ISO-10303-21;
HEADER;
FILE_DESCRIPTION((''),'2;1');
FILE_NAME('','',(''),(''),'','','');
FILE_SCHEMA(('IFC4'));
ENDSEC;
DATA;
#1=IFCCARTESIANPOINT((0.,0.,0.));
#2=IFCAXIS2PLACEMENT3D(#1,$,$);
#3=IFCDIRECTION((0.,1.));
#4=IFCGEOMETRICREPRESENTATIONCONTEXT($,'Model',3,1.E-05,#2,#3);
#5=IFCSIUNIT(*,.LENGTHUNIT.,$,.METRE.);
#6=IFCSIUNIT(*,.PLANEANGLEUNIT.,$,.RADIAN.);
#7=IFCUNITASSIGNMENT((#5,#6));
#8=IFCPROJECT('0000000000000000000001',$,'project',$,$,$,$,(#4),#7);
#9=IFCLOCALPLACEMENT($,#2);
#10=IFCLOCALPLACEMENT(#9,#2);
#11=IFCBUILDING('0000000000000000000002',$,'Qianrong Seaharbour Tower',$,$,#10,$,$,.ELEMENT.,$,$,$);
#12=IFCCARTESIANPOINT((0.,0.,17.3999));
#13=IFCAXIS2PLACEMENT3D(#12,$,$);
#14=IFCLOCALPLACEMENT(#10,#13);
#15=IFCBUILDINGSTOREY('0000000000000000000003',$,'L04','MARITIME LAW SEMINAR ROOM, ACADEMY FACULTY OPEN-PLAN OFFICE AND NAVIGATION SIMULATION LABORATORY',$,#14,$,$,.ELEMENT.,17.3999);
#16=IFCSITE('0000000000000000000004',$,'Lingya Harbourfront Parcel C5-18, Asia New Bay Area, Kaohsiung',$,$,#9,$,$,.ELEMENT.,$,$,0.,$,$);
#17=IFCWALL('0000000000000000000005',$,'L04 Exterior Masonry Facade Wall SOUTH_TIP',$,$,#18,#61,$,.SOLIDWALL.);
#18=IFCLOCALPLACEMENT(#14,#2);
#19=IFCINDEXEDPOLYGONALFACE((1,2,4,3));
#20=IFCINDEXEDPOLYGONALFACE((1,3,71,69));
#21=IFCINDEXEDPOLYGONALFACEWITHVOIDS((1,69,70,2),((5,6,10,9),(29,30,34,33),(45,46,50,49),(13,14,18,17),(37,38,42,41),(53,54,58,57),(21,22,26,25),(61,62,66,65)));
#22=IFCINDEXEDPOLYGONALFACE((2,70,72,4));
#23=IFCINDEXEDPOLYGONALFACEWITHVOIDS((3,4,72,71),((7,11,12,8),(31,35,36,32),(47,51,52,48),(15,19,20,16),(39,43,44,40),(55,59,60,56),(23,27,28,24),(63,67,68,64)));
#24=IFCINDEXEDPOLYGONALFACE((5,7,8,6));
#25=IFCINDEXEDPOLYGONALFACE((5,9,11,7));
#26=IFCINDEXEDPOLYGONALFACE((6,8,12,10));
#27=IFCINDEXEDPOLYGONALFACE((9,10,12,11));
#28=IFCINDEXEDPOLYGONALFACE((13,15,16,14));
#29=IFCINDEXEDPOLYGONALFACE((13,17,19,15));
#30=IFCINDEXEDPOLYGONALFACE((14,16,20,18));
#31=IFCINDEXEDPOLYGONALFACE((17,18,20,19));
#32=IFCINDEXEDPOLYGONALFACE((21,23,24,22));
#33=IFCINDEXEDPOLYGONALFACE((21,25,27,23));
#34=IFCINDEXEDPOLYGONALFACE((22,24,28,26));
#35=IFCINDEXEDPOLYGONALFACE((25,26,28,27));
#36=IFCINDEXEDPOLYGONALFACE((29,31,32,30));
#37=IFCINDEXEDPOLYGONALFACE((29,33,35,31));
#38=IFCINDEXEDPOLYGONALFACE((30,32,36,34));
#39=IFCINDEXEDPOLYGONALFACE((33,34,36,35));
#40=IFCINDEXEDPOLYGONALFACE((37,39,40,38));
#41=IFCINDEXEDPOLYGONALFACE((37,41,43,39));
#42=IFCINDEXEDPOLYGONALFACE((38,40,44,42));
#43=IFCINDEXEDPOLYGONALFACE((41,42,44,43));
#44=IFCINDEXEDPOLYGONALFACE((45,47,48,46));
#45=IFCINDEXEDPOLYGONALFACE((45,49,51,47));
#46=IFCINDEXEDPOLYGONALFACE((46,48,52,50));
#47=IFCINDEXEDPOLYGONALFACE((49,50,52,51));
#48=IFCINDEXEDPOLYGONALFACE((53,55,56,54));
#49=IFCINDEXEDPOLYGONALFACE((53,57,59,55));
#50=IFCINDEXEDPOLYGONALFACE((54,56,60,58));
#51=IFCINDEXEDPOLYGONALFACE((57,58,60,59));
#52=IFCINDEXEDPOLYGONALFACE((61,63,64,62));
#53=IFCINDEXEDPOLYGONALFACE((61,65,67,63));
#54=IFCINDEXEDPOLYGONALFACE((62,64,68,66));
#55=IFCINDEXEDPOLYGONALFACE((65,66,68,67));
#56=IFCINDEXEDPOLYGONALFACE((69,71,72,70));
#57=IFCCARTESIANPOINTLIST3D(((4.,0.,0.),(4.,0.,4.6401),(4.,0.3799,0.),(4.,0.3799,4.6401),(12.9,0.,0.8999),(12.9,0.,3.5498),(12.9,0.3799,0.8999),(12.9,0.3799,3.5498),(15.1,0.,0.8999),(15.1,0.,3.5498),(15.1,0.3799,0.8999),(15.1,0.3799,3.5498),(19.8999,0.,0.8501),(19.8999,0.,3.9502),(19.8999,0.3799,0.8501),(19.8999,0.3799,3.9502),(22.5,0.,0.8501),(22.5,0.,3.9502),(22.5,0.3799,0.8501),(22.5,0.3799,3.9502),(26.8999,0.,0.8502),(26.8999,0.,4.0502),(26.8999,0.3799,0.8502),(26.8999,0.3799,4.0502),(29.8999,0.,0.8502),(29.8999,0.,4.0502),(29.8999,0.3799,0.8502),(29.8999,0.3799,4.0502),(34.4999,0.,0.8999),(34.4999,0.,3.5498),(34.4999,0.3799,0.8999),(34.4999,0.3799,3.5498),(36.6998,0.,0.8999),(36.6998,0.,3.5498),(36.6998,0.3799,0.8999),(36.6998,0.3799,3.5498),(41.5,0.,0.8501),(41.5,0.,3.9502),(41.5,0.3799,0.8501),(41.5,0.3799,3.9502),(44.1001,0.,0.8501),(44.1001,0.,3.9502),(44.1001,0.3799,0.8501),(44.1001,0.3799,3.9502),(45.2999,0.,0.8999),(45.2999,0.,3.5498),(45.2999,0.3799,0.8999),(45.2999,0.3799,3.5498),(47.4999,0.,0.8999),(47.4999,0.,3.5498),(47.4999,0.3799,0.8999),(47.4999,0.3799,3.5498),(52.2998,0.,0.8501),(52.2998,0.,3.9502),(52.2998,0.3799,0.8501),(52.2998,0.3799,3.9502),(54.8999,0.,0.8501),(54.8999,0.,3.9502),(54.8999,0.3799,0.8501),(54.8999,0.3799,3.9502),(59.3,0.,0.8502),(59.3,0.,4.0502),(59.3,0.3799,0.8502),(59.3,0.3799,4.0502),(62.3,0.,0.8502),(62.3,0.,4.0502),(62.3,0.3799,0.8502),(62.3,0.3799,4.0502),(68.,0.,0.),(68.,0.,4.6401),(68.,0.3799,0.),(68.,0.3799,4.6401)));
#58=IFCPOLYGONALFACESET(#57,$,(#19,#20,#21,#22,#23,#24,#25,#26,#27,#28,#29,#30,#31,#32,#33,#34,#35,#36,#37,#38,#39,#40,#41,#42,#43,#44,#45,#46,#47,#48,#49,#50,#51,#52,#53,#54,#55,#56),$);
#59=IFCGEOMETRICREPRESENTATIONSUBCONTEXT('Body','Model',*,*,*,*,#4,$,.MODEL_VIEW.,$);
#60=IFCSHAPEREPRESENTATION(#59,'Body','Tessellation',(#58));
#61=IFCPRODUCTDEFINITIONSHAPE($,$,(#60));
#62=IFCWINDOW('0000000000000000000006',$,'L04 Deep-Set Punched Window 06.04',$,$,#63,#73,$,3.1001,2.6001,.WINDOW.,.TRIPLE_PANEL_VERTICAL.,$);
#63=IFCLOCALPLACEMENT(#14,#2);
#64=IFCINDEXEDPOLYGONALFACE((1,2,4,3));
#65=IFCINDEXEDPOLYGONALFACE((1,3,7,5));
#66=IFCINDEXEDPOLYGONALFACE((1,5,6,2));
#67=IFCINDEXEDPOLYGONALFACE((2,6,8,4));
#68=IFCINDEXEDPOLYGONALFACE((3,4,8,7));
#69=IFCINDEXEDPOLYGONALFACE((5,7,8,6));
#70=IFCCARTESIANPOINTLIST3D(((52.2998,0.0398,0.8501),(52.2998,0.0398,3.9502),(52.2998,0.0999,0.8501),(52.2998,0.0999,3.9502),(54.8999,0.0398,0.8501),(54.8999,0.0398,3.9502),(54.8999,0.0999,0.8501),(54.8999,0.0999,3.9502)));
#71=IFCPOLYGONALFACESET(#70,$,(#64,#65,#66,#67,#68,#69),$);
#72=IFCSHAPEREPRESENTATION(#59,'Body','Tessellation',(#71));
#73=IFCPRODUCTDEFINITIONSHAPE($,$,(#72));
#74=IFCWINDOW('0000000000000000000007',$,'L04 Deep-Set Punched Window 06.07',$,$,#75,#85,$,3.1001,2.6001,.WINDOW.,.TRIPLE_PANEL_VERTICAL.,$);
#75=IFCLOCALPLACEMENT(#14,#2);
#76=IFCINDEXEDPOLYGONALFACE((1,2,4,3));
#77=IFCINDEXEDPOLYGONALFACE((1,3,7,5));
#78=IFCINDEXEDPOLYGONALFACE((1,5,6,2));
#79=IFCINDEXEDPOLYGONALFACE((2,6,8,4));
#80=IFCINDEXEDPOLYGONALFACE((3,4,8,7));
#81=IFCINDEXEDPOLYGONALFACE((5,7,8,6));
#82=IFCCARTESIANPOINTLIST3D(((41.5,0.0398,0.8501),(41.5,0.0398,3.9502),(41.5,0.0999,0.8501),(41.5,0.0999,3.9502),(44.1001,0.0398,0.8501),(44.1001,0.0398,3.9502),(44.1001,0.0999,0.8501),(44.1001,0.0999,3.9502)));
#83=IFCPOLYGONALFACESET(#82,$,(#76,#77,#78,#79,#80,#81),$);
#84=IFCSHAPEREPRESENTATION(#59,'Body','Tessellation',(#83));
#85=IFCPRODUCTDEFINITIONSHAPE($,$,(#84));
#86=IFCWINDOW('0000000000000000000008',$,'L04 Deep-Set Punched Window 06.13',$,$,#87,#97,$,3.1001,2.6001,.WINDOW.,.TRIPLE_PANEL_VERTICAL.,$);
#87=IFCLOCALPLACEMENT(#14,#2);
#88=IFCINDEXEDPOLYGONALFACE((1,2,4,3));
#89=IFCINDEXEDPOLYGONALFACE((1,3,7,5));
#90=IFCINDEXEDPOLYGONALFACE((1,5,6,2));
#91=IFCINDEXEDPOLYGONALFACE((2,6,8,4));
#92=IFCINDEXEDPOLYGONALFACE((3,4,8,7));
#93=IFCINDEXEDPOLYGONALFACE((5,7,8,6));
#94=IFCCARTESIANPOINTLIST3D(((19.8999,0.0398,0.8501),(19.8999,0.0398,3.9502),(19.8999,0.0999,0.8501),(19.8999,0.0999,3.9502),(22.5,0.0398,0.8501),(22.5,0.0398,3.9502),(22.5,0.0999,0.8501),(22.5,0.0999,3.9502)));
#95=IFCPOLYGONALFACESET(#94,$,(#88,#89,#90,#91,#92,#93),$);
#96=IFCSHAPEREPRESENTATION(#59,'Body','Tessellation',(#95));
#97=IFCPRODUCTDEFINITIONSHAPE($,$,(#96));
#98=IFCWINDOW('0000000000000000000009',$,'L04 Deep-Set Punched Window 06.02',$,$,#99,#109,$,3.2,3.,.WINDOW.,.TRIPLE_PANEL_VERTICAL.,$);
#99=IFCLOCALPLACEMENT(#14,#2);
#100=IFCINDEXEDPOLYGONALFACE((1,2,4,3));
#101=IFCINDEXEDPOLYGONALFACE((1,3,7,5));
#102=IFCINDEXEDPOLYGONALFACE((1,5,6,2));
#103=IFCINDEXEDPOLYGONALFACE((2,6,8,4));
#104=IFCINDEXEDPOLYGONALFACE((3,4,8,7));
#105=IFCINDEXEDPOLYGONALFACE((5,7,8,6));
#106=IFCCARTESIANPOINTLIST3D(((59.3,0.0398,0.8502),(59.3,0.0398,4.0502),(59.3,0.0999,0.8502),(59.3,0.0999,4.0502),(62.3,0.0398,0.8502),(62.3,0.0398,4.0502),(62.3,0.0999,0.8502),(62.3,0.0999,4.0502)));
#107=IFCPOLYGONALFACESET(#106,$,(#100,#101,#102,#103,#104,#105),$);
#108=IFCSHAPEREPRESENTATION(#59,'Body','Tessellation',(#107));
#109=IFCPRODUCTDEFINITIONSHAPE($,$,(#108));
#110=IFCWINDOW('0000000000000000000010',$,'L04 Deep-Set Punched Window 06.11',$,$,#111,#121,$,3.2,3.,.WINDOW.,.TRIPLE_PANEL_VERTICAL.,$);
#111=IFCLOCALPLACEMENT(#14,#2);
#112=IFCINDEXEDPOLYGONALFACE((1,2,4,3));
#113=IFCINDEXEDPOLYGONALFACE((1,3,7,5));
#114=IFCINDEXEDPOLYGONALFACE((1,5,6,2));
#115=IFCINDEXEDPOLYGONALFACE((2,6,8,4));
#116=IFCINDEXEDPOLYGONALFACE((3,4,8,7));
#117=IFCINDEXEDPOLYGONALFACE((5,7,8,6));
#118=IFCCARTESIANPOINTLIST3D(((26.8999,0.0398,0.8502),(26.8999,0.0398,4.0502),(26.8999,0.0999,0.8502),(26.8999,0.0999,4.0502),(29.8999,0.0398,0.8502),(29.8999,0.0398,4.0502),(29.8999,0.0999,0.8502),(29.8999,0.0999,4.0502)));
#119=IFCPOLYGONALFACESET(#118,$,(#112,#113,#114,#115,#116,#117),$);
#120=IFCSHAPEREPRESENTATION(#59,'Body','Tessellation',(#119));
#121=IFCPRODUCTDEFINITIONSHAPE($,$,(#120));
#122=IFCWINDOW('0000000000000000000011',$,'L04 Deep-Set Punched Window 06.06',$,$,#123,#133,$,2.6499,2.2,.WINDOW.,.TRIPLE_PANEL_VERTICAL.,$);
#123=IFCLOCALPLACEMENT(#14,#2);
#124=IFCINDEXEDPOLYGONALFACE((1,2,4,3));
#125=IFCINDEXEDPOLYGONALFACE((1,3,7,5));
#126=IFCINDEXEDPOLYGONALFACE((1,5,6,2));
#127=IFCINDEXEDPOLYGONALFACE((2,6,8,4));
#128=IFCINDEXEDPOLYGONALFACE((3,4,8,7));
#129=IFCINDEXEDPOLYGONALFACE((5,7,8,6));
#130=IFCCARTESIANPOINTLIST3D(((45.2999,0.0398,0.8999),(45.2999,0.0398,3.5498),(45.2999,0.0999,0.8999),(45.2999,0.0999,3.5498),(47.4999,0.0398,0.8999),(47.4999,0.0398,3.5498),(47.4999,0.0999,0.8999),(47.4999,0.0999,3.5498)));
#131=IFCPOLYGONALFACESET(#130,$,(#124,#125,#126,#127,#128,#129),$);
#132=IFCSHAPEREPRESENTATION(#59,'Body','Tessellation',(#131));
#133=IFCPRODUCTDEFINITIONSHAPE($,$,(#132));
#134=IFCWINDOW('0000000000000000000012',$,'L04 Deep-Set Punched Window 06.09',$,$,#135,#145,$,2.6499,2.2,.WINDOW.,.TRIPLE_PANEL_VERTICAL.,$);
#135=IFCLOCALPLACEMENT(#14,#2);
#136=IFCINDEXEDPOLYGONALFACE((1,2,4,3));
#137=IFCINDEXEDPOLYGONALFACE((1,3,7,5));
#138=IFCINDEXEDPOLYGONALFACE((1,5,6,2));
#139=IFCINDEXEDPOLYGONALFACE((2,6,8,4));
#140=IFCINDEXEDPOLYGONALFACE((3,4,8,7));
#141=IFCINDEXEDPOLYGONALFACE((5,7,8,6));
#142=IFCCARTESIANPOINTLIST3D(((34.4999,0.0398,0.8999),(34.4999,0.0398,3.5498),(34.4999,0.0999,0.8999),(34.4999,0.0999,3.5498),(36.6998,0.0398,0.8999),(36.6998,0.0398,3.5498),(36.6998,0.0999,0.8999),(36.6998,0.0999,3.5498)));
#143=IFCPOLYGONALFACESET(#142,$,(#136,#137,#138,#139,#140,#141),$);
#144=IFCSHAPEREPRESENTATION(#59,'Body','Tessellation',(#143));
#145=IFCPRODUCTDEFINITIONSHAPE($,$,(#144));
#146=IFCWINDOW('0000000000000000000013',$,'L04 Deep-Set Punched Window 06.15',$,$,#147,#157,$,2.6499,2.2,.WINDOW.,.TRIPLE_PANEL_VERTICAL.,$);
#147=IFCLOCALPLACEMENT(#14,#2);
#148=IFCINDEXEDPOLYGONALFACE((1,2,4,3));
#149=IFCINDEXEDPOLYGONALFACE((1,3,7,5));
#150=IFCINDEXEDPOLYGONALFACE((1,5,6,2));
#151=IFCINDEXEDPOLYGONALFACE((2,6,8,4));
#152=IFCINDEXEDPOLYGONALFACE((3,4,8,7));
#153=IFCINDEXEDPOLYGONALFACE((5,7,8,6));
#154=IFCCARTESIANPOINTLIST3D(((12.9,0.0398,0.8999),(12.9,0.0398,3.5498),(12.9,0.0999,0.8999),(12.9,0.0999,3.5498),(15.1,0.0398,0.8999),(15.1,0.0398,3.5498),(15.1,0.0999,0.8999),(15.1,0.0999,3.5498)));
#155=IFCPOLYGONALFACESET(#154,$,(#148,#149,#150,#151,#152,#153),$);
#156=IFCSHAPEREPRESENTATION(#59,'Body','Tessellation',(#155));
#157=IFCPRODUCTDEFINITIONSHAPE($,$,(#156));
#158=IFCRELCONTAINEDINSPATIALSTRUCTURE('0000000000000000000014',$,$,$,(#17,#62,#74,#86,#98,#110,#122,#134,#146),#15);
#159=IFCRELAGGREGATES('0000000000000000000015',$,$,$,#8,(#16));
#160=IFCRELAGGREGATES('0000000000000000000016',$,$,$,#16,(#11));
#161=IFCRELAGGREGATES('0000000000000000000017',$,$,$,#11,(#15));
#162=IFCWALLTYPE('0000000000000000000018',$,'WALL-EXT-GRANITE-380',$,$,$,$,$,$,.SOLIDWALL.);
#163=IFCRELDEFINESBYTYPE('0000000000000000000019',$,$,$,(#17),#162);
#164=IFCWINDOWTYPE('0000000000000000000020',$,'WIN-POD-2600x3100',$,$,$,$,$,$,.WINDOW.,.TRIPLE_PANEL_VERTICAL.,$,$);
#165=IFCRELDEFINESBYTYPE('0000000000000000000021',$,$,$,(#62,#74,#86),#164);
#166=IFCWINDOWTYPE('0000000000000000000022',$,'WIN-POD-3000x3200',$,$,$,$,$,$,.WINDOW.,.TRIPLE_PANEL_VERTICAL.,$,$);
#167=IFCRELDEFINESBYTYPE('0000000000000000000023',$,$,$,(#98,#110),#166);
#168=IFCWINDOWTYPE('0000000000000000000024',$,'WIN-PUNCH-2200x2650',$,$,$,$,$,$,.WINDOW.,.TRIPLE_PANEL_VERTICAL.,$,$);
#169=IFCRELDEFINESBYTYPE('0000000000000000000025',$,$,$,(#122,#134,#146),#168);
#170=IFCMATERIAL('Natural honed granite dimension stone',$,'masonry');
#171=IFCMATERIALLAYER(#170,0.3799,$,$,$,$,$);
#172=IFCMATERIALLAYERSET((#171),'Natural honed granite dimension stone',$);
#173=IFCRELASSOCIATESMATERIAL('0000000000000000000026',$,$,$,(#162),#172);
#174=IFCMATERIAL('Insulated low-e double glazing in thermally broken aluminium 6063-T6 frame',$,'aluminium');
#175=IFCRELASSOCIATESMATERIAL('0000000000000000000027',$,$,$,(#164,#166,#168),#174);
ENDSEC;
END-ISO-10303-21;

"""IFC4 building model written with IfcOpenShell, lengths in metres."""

from ifc_helpers import new_model, si_unit, direction, frame, frame_2d, origin, place, context, subcontext, project, spatial, rectangle, extrude, material, layer, layer_set, type_object, element, fill, save


model = new_model("IFC4")

# Units and contexts
model_context = context("Model", 3, precision=1e-05, world=origin(), true_north=direction((0.0, 1.0)))
body_context = subcontext(model_context, "Body", "Model", "MODEL_VIEW")
ifc_project = project(units=[si_unit("LENGTHUNIT", "METRE"), si_unit("PLANEANGLEUNIT", "RADIAN")], contexts=[model_context])

# Site, building, storey
site_placement = place(None, origin())
site = spatial("IfcSite", under=ifc_project, at=site_placement, Name="Lingya Harbourfront Parcel C5-18, Asia New Bay Area, Kaohsiung", CompositionType="ELEMENT", RefElevation=0.0)
building_placement = place(site_placement, origin())
building = spatial("IfcBuilding", under=site, at=building_placement, Name="Qianrong Seaharbour Tower", CompositionType="ELEMENT")
storey_placement = place(building_placement, frame((0.0, 0.0, 17.3999)))
storey = spatial("IfcBuildingStorey", under=building, at=storey_placement, Name="L04", Description="MARITIME LAW SEMINAR ROOM, ACADEMY FACULTY OPEN-PLAN OFFICE AND NAVIGATION SIMULATION LABORATORY", CompositionType="ELEMENT", Elevation=17.3999)

# Shared definitions
ifc_material_1 = material(Name="Natural honed granite dimension stone", Category="masonry")
ifc_layer_1 = layer(ifc_material_1, 0.3799)
ifc_layer_set_1 = layer_set([ifc_layer_1], Name="Natural honed granite dimension stone")
wall_type = type_object("IfcWallType", Name="WALL-EXT-GRANITE-380", PredefinedType="SOLIDWALL", material=ifc_layer_set_1)

# Wall, openings, windows
wall_1_placement = place(storey_placement, frame((68.0, 0.1899, 0.0), z_axis=(0.0, 0.0, 1.0), x_axis=(-1.0, 0.0, 0.0)))
wall_1 = element("IfcWall", 1, at=wall_1_placement, inside=storey, type_object=wall_type, Name="L04 Exterior Masonry Facade Wall SOUTH_TIP", PredefinedType="SOLIDWALL", context=body_context, shape_type="SweptSolid", body=[
    extrude(rectangle(XDim=64.0, YDim=0.3799, at=frame_2d((32.0, 0.0))), origin(), (0.0, 0.0, 1.0), 4.6401),
])
opening_1_placement = place(wall_1_placement, frame((5.7, 0.0, 0.8501)))
opening_1 = element("IfcOpeningElement", 2, at=opening_1_placement, cuts=wall_1, PredefinedType="OPENING", context=body_context, shape_type="SweptSolid", body=[
    extrude(rectangle(XDim=3.0, YDim=3.2, at=frame_2d((1.5, 1.6001))), frame((0.0, 0.2, 0.0), z_axis=(0.0, -1.0, 0.0), x_axis=(1.0, 0.0, 0.0)), (0.0, 0.0, 1.0), 0.3999),
])
opening_2_placement = place(wall_1_placement, frame((13.1001, 0.0, 0.8501)))
opening_2 = element("IfcOpeningElement", 3, at=opening_2_placement, cuts=wall_1, PredefinedType="OPENING", context=body_context, shape_type="SweptSolid", body=[
    extrude(rectangle(XDim=2.6001, YDim=3.1001, at=frame_2d((1.3, 1.55))), frame((0.0, 0.2, 0.0), z_axis=(0.0, -1.0, 0.0), x_axis=(1.0, 0.0, 0.0)), (0.0, 0.0, 1.0), 0.3999),
])
opening_3_placement = place(wall_1_placement, frame((20.5, 0.0, 0.8999)))
opening_3 = element("IfcOpeningElement", 4, at=opening_3_placement, cuts=wall_1, PredefinedType="OPENING", context=body_context, shape_type="SweptSolid", body=[
    extrude(rectangle(XDim=2.2, YDim=2.6499, at=frame_2d((1.1001, 1.325))), frame((0.0, 0.2, 0.0), z_axis=(0.0, -1.0, 0.0), x_axis=(1.0, 0.0, 0.0)), (0.0, 0.0, 1.0), 0.3999),
])
opening_4_placement = place(wall_1_placement, frame((23.8999, 0.0, 0.8501)))
opening_4 = element("IfcOpeningElement", 5, at=opening_4_placement, cuts=wall_1, PredefinedType="OPENING", context=body_context, shape_type="SweptSolid", body=[
    extrude(rectangle(XDim=2.6001, YDim=3.1001, at=frame_2d((1.3, 1.55))), frame((0.0, 0.2, 0.0), z_axis=(0.0, -1.0, 0.0), x_axis=(1.0, 0.0, 0.0)), (0.0, 0.0, 1.0), 0.3999),
])
opening_5_placement = place(wall_1_placement, frame((31.3, 0.0, 0.8999)))
opening_5 = element("IfcOpeningElement", 6, at=opening_5_placement, cuts=wall_1, PredefinedType="OPENING", context=body_context, shape_type="SweptSolid", body=[
    extrude(rectangle(XDim=2.2, YDim=2.6499, at=frame_2d((1.1001, 1.325))), frame((0.0, 0.2, 0.0), z_axis=(0.0, -1.0, 0.0), x_axis=(1.0, 0.0, 0.0)), (0.0, 0.0, 1.0), 0.3999),
])
opening_6_placement = place(wall_1_placement, frame((38.1001, 0.0, 0.8501)))
opening_6 = element("IfcOpeningElement", 7, at=opening_6_placement, cuts=wall_1, PredefinedType="OPENING", context=body_context, shape_type="SweptSolid", body=[
    extrude(rectangle(XDim=3.0, YDim=3.2, at=frame_2d((1.5, 1.6001))), frame((0.0, 0.2, 0.0), z_axis=(0.0, -1.0, 0.0), x_axis=(1.0, 0.0, 0.0)), (0.0, 0.0, 1.0), 0.3999),
])
opening_7_placement = place(wall_1_placement, frame((45.5, 0.0, 0.8501)))
opening_7 = element("IfcOpeningElement", 8, at=opening_7_placement, cuts=wall_1, PredefinedType="OPENING", context=body_context, shape_type="SweptSolid", body=[
    extrude(rectangle(XDim=2.6001, YDim=3.1001, at=frame_2d((1.3, 1.55))), frame((0.0, 0.2, 0.0), z_axis=(0.0, -1.0, 0.0), x_axis=(1.0, 0.0, 0.0)), (0.0, 0.0, 1.0), 0.3999),
])
opening_8_placement = place(wall_1_placement, frame((52.8999, 0.0, 0.8999)))
opening_8 = element("IfcOpeningElement", 9, at=opening_8_placement, cuts=wall_1, PredefinedType="OPENING", context=body_context, shape_type="SweptSolid", body=[
    extrude(rectangle(XDim=2.2, YDim=2.6499, at=frame_2d((1.1001, 1.325))), frame((0.0, 0.2, 0.0), z_axis=(0.0, -1.0, 0.0), x_axis=(1.0, 0.0, 0.0)), (0.0, 0.0, 1.0), 0.3999),
])
ifc_material_2 = material(Name="Insulated low-e double glazing in thermally broken aluminium 6063-T6 frame", Category="aluminium")
window_type_1 = type_object("IfcWindowType", Name="WIN-POD-2600x3100", PartitioningType="TRIPLE_PANEL_VERTICAL", PredefinedType="WINDOW", material=ifc_material_2)
window_1_placement = place(opening_2_placement, origin())
window_1 = element("IfcWindow", 10, at=window_1_placement, inside=storey, type_object=window_type_1, Name="L04 Deep-Set Punched Window 06.04", OverallHeight=3.1001, OverallWidth=2.6001, PartitioningType="TRIPLE_PANEL_VERTICAL", PredefinedType="WINDOW", context=body_context, shape_type="SweptSolid", body=[
    extrude(rectangle(XDim=2.6001, YDim=3.1001, at=frame_2d((1.3, 1.55))), frame((0.0, 0.1501, 0.0), z_axis=(0.0, -1.0, 0.0), x_axis=(1.0, 0.0, 0.0)), (0.0, 0.0, 1.0), 0.0601),
])
fill(opening_2, window_1)
window_2_placement = place(opening_4_placement, origin())
window_2 = element("IfcWindow", 11, at=window_2_placement, inside=storey, type_object=window_type_1, Name="L04 Deep-Set Punched Window 06.07", OverallHeight=3.1001, OverallWidth=2.6001, PartitioningType="TRIPLE_PANEL_VERTICAL", PredefinedType="WINDOW", context=body_context, shape_type="SweptSolid", body=[
    extrude(rectangle(XDim=2.6001, YDim=3.1001, at=frame_2d((1.3, 1.55))), frame((0.0, 0.1501, 0.0), z_axis=(0.0, -1.0, 0.0), x_axis=(1.0, 0.0, 0.0)), (0.0, 0.0, 1.0), 0.0601),
])
fill(opening_4, window_2)
window_3_placement = place(opening_7_placement, origin())
window_3 = element("IfcWindow", 12, at=window_3_placement, inside=storey, type_object=window_type_1, Name="L04 Deep-Set Punched Window 06.13", OverallHeight=3.1001, OverallWidth=2.6001, PartitioningType="TRIPLE_PANEL_VERTICAL", PredefinedType="WINDOW", context=body_context, shape_type="SweptSolid", body=[
    extrude(rectangle(XDim=2.6001, YDim=3.1001, at=frame_2d((1.3, 1.55))), frame((0.0, 0.1501, 0.0), z_axis=(0.0, -1.0, 0.0), x_axis=(1.0, 0.0, 0.0)), (0.0, 0.0, 1.0), 0.0601),
])
fill(opening_7, window_3)
window_type_2 = type_object("IfcWindowType", Name="WIN-POD-3000x3200", PartitioningType="TRIPLE_PANEL_VERTICAL", PredefinedType="WINDOW", material=ifc_material_2)
window_4_placement = place(opening_1_placement, origin())
window_4 = element("IfcWindow", 13, at=window_4_placement, inside=storey, type_object=window_type_2, Name="L04 Deep-Set Punched Window 06.02", OverallHeight=3.2, OverallWidth=3.0, PartitioningType="TRIPLE_PANEL_VERTICAL", PredefinedType="WINDOW", context=body_context, shape_type="SweptSolid", body=[
    extrude(rectangle(XDim=3.0, YDim=3.2, at=frame_2d((1.5, 1.6001))), frame((0.0, 0.1501, 0.0), z_axis=(0.0, -1.0, 0.0), x_axis=(1.0, 0.0, 0.0)), (0.0, 0.0, 1.0), 0.0601),
])
fill(opening_1, window_4)
window_5_placement = place(opening_6_placement, origin())
window_5 = element("IfcWindow", 14, at=window_5_placement, inside=storey, type_object=window_type_2, Name="L04 Deep-Set Punched Window 06.11", OverallHeight=3.2, OverallWidth=3.0, PartitioningType="TRIPLE_PANEL_VERTICAL", PredefinedType="WINDOW", context=body_context, shape_type="SweptSolid", body=[
    extrude(rectangle(XDim=3.0, YDim=3.2, at=frame_2d((1.5, 1.6001))), frame((0.0, 0.1501, 0.0), z_axis=(0.0, -1.0, 0.0), x_axis=(1.0, 0.0, 0.0)), (0.0, 0.0, 1.0), 0.0601),
])
fill(opening_6, window_5)
window_type_3 = type_object("IfcWindowType", Name="WIN-PUNCH-2200x2650", PartitioningType="TRIPLE_PANEL_VERTICAL", PredefinedType="WINDOW", material=ifc_material_2)
window_6_placement = place(opening_3_placement, origin())
window_6 = element("IfcWindow", 15, at=window_6_placement, inside=storey, type_object=window_type_3, Name="L04 Deep-Set Punched Window 06.06", OverallHeight=2.6499, OverallWidth=2.2, PartitioningType="TRIPLE_PANEL_VERTICAL", PredefinedType="WINDOW", context=body_context, shape_type="SweptSolid", body=[
    extrude(rectangle(XDim=2.2, YDim=2.6499, at=frame_2d((1.1001, 1.325))), frame((0.0, 0.1501, 0.0), z_axis=(0.0, -1.0, 0.0), x_axis=(1.0, 0.0, 0.0)), (0.0, 0.0, 1.0), 0.0601),
])
fill(opening_3, window_6)
window_7_placement = place(opening_5_placement, origin())
window_7 = element("IfcWindow", 16, at=window_7_placement, inside=storey, type_object=window_type_3, Name="L04 Deep-Set Punched Window 06.09", OverallHeight=2.6499, OverallWidth=2.2, PartitioningType="TRIPLE_PANEL_VERTICAL", PredefinedType="WINDOW", context=body_context, shape_type="SweptSolid", body=[
    extrude(rectangle(XDim=2.2, YDim=2.6499, at=frame_2d((1.1001, 1.325))), frame((0.0, 0.1501, 0.0), z_axis=(0.0, -1.0, 0.0), x_axis=(1.0, 0.0, 0.0)), (0.0, 0.0, 1.0), 0.0601),
])
fill(opening_5, window_7)
window_8_placement = place(opening_8_placement, origin())
window_8 = element("IfcWindow", 17, at=window_8_placement, inside=storey, type_object=window_type_3, Name="L04 Deep-Set Punched Window 06.15", OverallHeight=2.6499, OverallWidth=2.2, PartitioningType="TRIPLE_PANEL_VERTICAL", PredefinedType="WINDOW", context=body_context, shape_type="SweptSolid", body=[
    extrude(rectangle(XDim=2.2, YDim=2.6499, at=frame_2d((1.1001, 1.325))), frame((0.0, 0.1501, 0.0), z_axis=(0.0, -1.0, 0.0), x_axis=(1.0, 0.0, 0.0)), (0.0, 0.0, 1.0), 0.0601),
])
fill(opening_8, window_8)

save(model, "model.ifc")
